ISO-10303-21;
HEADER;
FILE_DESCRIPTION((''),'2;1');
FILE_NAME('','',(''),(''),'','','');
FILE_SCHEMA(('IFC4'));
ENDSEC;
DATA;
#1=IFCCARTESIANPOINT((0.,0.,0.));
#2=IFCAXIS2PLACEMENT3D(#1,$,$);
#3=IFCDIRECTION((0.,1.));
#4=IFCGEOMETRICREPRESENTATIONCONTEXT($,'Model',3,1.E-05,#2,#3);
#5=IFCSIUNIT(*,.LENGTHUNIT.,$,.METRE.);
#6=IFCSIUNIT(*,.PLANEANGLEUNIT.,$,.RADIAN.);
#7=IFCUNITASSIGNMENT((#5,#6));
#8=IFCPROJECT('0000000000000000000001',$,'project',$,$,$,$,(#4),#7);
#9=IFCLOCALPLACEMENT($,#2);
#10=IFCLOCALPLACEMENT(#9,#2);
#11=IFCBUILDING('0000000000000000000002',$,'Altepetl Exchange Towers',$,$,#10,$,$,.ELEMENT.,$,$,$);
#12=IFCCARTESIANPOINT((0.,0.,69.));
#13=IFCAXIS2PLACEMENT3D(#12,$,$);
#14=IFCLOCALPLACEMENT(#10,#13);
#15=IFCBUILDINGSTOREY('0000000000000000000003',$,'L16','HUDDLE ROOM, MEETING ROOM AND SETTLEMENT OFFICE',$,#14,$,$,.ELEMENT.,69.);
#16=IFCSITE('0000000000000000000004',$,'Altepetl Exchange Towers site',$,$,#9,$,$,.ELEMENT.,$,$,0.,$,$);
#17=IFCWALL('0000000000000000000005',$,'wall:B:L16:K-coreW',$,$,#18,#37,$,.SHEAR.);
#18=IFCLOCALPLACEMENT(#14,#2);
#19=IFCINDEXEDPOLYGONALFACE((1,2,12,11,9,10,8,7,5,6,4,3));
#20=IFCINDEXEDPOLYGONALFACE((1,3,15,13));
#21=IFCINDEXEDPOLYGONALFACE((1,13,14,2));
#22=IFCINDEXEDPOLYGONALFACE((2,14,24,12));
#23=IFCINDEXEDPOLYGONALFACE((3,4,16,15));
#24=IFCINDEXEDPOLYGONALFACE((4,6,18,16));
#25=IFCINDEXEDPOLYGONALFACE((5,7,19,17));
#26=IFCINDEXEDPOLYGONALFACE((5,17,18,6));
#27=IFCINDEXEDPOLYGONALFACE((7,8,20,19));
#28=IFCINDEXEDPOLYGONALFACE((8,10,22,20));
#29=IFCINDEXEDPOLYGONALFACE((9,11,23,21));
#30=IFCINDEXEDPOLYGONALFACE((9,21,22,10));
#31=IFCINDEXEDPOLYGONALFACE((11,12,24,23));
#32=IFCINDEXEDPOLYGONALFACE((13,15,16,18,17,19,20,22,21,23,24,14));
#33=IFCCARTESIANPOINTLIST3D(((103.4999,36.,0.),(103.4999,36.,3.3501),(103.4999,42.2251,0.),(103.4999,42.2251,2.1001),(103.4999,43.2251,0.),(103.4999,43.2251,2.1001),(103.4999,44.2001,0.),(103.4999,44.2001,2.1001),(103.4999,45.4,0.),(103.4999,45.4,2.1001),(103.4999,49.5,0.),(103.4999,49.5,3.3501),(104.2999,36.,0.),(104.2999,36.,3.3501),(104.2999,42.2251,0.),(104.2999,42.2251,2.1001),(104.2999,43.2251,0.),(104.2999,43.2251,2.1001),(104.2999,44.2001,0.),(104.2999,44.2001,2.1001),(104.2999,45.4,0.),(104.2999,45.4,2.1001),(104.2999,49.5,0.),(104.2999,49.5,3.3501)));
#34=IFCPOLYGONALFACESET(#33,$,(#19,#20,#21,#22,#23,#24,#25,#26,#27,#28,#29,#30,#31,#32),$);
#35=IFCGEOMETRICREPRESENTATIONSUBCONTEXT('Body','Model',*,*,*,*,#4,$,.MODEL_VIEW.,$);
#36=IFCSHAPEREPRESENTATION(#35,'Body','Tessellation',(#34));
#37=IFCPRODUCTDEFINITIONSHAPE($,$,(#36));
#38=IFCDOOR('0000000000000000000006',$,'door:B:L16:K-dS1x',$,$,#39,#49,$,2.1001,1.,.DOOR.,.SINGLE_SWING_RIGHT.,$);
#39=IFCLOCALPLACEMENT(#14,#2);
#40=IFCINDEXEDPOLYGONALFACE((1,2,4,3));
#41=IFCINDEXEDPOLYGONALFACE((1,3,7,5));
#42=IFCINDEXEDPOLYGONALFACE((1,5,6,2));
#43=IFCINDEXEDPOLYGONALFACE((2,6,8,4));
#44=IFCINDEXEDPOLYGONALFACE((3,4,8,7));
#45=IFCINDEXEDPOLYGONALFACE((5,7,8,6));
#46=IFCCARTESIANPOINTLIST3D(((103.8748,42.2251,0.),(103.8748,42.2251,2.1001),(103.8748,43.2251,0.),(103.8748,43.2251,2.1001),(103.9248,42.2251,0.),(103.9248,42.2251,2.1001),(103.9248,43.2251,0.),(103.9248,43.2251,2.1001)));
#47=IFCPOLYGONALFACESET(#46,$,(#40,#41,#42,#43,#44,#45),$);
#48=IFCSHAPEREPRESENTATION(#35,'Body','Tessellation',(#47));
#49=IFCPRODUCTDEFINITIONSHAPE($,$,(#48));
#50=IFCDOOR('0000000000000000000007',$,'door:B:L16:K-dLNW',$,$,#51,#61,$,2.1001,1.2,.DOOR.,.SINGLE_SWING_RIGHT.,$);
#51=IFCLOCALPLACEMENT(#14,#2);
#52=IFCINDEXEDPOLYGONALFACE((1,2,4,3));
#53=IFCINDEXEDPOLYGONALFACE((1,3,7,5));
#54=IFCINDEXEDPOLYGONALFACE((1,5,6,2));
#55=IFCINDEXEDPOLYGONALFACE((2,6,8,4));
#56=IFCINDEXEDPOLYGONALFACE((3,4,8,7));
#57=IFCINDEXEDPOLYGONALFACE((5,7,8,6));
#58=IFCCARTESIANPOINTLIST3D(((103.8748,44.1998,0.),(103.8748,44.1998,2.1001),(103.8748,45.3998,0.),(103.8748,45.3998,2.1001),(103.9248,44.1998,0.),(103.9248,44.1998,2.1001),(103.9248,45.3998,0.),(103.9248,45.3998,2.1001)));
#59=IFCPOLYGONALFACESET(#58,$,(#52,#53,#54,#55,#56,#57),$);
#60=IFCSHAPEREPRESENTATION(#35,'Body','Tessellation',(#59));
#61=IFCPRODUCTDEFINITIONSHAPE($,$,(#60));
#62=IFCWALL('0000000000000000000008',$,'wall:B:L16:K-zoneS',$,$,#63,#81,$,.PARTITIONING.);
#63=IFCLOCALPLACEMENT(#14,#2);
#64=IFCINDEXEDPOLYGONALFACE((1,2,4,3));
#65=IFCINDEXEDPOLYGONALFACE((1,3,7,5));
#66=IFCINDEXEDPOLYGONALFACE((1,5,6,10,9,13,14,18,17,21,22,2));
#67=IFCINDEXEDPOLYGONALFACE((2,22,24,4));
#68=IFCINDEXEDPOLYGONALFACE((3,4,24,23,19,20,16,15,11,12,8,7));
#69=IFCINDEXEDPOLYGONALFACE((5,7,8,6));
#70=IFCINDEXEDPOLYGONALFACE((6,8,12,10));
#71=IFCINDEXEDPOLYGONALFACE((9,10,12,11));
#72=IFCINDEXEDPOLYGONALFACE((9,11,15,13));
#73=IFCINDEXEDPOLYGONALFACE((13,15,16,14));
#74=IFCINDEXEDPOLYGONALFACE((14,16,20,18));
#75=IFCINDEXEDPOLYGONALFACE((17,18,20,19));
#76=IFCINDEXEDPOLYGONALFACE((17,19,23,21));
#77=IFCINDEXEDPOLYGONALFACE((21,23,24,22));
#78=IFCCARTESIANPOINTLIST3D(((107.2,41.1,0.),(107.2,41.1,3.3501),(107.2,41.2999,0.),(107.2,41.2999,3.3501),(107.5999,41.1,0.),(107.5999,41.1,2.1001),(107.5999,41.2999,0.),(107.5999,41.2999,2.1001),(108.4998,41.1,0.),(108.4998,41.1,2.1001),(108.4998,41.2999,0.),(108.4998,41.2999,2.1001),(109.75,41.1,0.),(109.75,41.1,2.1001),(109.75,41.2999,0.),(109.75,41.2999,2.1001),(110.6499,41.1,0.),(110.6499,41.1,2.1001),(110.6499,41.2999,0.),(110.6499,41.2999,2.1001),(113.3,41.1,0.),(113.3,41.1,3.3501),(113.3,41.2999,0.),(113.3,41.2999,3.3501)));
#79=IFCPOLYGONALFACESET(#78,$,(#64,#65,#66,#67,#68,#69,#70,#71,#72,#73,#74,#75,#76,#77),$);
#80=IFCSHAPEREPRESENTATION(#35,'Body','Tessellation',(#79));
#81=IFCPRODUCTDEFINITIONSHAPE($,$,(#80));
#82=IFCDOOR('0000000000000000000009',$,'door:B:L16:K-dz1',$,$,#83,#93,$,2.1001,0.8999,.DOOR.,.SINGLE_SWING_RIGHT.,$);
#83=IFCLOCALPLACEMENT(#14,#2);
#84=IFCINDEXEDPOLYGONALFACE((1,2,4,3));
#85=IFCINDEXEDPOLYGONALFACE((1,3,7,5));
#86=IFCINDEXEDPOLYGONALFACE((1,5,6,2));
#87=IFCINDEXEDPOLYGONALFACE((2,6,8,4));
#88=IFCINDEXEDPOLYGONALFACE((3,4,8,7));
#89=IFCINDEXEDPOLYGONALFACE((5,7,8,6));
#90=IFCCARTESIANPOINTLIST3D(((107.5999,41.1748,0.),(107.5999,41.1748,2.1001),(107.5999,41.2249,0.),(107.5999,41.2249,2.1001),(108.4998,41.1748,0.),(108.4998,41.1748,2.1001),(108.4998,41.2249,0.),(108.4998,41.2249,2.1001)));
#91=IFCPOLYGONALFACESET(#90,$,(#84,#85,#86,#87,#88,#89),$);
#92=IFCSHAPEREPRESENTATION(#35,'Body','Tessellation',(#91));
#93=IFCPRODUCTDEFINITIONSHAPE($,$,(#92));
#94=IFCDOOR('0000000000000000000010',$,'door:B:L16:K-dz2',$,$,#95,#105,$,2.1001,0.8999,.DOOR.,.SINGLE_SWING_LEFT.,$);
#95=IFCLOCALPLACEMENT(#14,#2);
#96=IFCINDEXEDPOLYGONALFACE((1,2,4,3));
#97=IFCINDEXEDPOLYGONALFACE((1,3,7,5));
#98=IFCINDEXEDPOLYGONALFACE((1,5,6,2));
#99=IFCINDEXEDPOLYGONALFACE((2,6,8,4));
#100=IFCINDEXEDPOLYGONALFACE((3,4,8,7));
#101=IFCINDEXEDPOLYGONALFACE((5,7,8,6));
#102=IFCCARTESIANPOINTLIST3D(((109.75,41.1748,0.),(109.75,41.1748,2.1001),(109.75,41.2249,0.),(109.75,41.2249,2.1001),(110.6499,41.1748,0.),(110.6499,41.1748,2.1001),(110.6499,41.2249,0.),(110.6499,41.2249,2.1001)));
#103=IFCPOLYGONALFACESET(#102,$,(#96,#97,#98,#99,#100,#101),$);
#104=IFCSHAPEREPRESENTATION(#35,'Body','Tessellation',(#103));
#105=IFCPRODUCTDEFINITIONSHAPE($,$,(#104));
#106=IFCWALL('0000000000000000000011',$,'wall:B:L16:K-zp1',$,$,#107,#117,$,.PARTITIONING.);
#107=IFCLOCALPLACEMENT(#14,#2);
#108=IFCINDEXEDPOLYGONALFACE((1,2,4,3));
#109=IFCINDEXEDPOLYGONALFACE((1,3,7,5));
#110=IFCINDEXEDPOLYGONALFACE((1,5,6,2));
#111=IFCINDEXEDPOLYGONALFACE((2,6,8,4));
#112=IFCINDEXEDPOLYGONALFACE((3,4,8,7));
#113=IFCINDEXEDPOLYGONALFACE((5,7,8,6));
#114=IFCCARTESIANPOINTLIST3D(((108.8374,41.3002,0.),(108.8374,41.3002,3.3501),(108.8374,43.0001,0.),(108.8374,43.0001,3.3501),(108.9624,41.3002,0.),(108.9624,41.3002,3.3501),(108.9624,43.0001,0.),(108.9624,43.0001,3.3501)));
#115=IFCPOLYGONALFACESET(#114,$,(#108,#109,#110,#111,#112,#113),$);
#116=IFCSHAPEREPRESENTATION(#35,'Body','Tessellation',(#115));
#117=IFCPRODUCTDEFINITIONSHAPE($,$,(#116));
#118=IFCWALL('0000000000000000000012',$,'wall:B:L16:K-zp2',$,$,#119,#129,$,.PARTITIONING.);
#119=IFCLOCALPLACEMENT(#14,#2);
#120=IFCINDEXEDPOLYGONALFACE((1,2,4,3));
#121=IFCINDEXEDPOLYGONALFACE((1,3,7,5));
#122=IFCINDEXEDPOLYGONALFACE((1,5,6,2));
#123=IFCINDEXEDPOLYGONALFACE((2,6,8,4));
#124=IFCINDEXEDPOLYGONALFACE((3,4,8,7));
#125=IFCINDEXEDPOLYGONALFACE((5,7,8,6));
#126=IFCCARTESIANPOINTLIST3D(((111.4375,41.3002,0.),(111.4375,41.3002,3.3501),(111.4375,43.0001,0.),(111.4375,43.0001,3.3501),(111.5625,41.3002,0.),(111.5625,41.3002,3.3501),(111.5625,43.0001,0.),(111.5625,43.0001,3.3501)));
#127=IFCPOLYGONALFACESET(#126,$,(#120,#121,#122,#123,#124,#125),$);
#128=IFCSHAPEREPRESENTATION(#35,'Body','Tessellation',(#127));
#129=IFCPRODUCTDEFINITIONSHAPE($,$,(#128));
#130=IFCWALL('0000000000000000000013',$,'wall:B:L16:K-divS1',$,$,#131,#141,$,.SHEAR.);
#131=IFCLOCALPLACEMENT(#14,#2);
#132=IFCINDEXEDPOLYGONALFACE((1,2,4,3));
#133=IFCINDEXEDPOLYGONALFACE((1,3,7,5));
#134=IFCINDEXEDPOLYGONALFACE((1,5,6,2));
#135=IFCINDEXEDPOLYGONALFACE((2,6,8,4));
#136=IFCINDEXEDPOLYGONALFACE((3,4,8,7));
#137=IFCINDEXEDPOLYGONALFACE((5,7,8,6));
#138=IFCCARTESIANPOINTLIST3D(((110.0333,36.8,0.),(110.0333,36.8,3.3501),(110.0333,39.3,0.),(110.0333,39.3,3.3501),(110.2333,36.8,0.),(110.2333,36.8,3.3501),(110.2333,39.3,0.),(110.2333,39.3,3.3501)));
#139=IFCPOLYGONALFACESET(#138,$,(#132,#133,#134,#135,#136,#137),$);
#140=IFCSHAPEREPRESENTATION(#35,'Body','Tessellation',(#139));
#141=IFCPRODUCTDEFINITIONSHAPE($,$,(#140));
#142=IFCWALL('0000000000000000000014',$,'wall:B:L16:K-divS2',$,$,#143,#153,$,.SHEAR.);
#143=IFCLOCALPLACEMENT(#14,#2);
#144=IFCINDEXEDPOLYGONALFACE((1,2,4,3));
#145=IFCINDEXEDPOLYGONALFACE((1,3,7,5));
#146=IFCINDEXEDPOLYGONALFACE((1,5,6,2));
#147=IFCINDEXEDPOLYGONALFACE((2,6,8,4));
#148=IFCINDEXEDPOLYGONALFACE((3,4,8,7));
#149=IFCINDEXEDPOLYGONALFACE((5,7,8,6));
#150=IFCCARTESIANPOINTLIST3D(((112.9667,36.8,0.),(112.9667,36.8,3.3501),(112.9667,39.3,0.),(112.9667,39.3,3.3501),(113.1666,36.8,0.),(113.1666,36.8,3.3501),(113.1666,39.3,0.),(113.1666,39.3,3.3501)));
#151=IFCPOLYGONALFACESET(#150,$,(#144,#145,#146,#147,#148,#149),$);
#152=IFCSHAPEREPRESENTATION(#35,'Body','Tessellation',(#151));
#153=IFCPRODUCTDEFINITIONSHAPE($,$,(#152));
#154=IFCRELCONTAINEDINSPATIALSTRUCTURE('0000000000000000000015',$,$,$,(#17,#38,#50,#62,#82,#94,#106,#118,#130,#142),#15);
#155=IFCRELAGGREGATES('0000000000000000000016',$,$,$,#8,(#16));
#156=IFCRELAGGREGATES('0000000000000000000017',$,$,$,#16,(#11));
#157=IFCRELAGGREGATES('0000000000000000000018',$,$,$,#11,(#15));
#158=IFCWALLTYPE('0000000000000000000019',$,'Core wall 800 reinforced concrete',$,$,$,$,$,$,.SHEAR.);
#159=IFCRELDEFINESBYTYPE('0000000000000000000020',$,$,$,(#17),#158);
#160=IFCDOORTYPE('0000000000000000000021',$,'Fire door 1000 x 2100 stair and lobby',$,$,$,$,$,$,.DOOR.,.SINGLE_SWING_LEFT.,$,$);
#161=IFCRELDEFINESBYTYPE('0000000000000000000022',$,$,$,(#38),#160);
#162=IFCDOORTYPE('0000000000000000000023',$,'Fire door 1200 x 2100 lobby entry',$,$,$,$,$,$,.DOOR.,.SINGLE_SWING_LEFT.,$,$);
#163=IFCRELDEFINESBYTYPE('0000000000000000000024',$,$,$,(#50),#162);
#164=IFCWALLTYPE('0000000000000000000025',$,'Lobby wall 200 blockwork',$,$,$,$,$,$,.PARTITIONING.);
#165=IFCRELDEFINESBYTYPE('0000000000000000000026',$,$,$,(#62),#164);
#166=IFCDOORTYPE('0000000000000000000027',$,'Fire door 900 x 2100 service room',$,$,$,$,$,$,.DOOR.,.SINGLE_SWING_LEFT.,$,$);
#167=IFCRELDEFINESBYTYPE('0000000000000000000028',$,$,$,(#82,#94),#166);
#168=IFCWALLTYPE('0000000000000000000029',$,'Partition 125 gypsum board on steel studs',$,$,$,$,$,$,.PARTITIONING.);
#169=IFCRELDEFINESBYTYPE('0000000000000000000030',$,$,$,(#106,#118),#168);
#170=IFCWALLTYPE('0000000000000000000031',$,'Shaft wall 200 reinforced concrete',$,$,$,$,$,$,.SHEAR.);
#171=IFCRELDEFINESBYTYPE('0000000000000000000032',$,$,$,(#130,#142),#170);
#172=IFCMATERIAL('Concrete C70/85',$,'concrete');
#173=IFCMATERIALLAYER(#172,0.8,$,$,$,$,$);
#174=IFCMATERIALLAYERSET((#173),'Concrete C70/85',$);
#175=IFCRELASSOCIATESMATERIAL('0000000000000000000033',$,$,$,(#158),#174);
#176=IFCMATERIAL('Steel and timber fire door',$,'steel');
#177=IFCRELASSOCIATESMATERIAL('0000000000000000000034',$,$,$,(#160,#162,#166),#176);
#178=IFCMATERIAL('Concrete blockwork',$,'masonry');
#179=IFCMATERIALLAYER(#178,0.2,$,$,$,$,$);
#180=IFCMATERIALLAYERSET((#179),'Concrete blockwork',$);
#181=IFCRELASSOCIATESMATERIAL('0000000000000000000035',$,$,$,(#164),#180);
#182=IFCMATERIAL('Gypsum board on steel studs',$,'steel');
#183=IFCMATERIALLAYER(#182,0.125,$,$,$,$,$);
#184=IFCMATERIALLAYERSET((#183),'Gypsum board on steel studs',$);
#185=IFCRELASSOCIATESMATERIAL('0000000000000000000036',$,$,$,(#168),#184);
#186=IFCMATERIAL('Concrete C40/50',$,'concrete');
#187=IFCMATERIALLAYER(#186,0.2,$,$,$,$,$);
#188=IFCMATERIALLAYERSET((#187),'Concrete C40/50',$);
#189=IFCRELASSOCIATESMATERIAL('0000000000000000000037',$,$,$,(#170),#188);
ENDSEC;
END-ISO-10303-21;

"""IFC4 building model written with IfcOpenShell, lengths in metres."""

from ifc_helpers import new_model, si_unit, direction, frame, frame_2d, origin, place, context, subcontext, project, spatial, rectangle, extrude, material, layer, layer_set, type_object, element, fill, save


model = new_model("IFC4")

# Units and contexts
model_context = context("Model", 3, precision=1e-05, world=origin(), true_north=direction((0.0, 1.0)))
body_context = subcontext(model_context, "Body", "Model", "MODEL_VIEW")
ifc_project = project(units=[si_unit("LENGTHUNIT", "METRE"), si_unit("PLANEANGLEUNIT", "RADIAN")], contexts=[model_context])

# Site, building, storey
site_placement = place(None, origin())
site = spatial("IfcSite", under=ifc_project, at=site_placement, Name="Altepetl Exchange Towers site", CompositionType="ELEMENT", RefElevation=0.0)
building_placement = place(site_placement, origin())
building = spatial("IfcBuilding", under=site, at=building_placement, Name="Altepetl Exchange Towers", CompositionType="ELEMENT")
storey_placement = place(building_placement, frame((0.0, 0.0, 69.0)))
storey = spatial("IfcBuildingStorey", under=building, at=storey_placement, Name="L16", Description="HUDDLE ROOM, MEETING ROOM AND SETTLEMENT OFFICE", CompositionType="ELEMENT", Elevation=69.0)

# Shared definitions
ifc_material_1 = material(Name="Concrete C70/85", Category="concrete")

# Shared definitions
ifc_layer_1 = layer(ifc_material_1, 0.8)
ifc_layer_set_1 = layer_set([ifc_layer_1], Name="Concrete C70/85")
wall_type_1 = type_object("IfcWallType", Name="Core wall 800 reinforced concrete", PredefinedType="SHEAR", material=ifc_layer_set_1)
ifc_material_2 = material(Name="Steel and timber fire door", Category="steel")
door_type_1 = type_object("IfcDoorType", Name="Fire door 1000 x 2100 stair and lobby", OperationType="SINGLE_SWING_LEFT", PredefinedType="DOOR", material=ifc_material_2)
door_type_2 = type_object("IfcDoorType", Name="Fire door 1200 x 2100 lobby entry", OperationType="SINGLE_SWING_LEFT", PredefinedType="DOOR", material=ifc_material_2)

# Walls, openings, doors
wall_1_placement = place(storey_placement, frame((103.8999, 36.0, 0.0), z_axis=(0.0, 0.0, 1.0), x_axis=(0.0, 1.0, 0.0)))
wall_1 = element("IfcWall", 1, at=wall_1_placement, inside=storey, type_object=wall_type_1, Name="wall:B:L16:K-coreW", PredefinedType="SHEAR", context=body_context, shape_type="SweptSolid", body=[
    extrude(rectangle(XDim=13.5, YDim=0.8, at=frame_2d((6.75, 0.0))), origin(), (0.0, 0.0, 1.0), 3.3501),
])
opening_1_placement = place(wall_1_placement, frame((8.2, 0.0, 0.0)))
opening_1 = element("IfcOpeningElement", 2, at=opening_1_placement, cuts=wall_1, PredefinedType="OPENING", context=body_context, shape_type="SweptSolid", body=[
    extrude(rectangle(XDim=1.2, YDim=2.1001, at=frame_2d((0.6001, 1.05))), frame((0.0, 0.4102, 0.0), z_axis=(0.0, -1.0, 0.0), x_axis=(1.0, 0.0, 0.0)), (0.0, 0.0, 1.0), 0.8201),
])
opening_2_placement = place(wall_1_placement, frame((6.2251, 0.0, 0.0)))
opening_2 = element("IfcOpeningElement", 3, at=opening_2_placement, cuts=wall_1, PredefinedType="OPENING", context=body_context, shape_type="SweptSolid", body=[
    extrude(rectangle(XDim=1.0, YDim=2.1001, at=frame_2d((0.5, 1.05))), frame((0.0, 0.4102, 0.0), z_axis=(0.0, -1.0, 0.0), x_axis=(1.0, 0.0, 0.0)), (0.0, 0.0, 1.0), 0.8201),
])
door_1_placement = place(opening_2_placement, frame((1.0, 0.0, 0.0), x_axis=(-1.0, 0.0, 0.0)))
door_1 = element("IfcDoor", 4, at=door_1_placement, inside=storey, type_object=door_type_1, Name="door:B:L16:K-dS1x", OperationType="SINGLE_SWING_RIGHT", OverallHeight=2.1001, OverallWidth=1.0, PredefinedType="DOOR", context=body_context, shape_type="SweptSolid", body=[
    extrude(rectangle(XDim=1.0, YDim=2.1001, at=frame_2d((0.5, 1.05))), frame((0.0, 0.0249, 0.0), z_axis=(0.0, -1.0, 0.0), x_axis=(1.0, 0.0, 0.0)), (0.0, 0.0, 1.0), 0.05),
])
fill(opening_2, door_1)
door_2_placement = place(opening_1_placement, frame((1.2, 0.0, 0.0), x_axis=(-1.0, 0.0, 0.0)))
door_2 = element("IfcDoor", 5, at=door_2_placement, inside=storey, type_object=door_type_2, Name="door:B:L16:K-dLNW", OperationType="SINGLE_SWING_RIGHT", OverallHeight=2.1001, OverallWidth=1.2, PredefinedType="DOOR", context=body_context, shape_type="SweptSolid", body=[
    extrude(rectangle(XDim=1.2, YDim=2.1001, at=frame_2d((0.6001, 1.05))), frame((0.0, 0.0249, 0.0), z_axis=(0.0, -1.0, 0.0), x_axis=(1.0, 0.0, 0.0)), (0.0, 0.0, 1.0), 0.05),
])
fill(opening_1, door_2)
ifc_material_3 = material(Name="Concrete blockwork", Category="masonry")
ifc_layer_2 = layer(ifc_material_3, 0.2)
ifc_layer_set_2 = layer_set([ifc_layer_2], Name="Concrete blockwork")
wall_type_2 = type_object("IfcWallType", Name="Lobby wall 200 blockwork", PredefinedType="PARTITIONING", material=ifc_layer_set_2)
wall_2_placement = place(storey_placement, frame((107.2, 41.2, 0.0)))
wall_2 = element("IfcWall", 6, at=wall_2_placement, inside=storey, type_object=wall_type_2, Name="wall:B:L16:K-zoneS", PredefinedType="PARTITIONING", context=body_context, shape_type="SweptSolid", body=[
    extrude(rectangle(XDim=6.1001, YDim=0.2, at=frame_2d((3.05, 0.0))), origin(), (0.0, 0.0, 1.0), 3.3501),
])
opening_3_placement = place(wall_2_placement, frame((0.3999, 0.0, 0.0)))
opening_3 = element("IfcOpeningElement", 7, at=opening_3_placement, cuts=wall_2, PredefinedType="OPENING", context=body_context, shape_type="SweptSolid", body=[
    extrude(rectangle(XDim=0.8999, YDim=2.1001, at=frame_2d((0.45, 1.05))), frame((0.0, 0.1099, 0.0), z_axis=(0.0, -1.0, 0.0), x_axis=(1.0, 0.0, 0.0)), (0.0, 0.0, 1.0), 0.22),
])
opening_4_placement = place(wall_2_placement, frame((2.55, 0.0, 0.0)))
opening_4 = element("IfcOpeningElement", 8, at=opening_4_placement, cuts=wall_2, PredefinedType="OPENING", context=body_context, shape_type="SweptSolid", body=[
    extrude(rectangle(XDim=0.8999, YDim=2.1001, at=frame_2d((0.45, 1.05))), frame((0.0, 0.1099, 0.0), z_axis=(0.0, -1.0, 0.0), x_axis=(1.0, 0.0, 0.0)), (0.0, 0.0, 1.0), 0.22),
])
door_type_3 = type_object("IfcDoorType", Name="Fire door 900 x 2100 service room", OperationType="SINGLE_SWING_LEFT", PredefinedType="DOOR", material=ifc_material_2)
door_3_placement = place(opening_3_placement, origin())
door_3 = element("IfcDoor", 9, at=door_3_placement, inside=storey, type_object=door_type_3, Name="door:B:L16:K-dz1", OperationType="SINGLE_SWING_RIGHT", OverallHeight=2.1001, OverallWidth=0.8999, PredefinedType="DOOR", context=body_context, shape_type="SweptSolid", body=[
    extrude(rectangle(XDim=0.8999, YDim=2.1001, at=frame_2d((0.45, 1.05))), frame((0.0, 0.0249, 0.0), z_axis=(0.0, -1.0, 0.0), x_axis=(1.0, 0.0, 0.0)), (0.0, 0.0, 1.0), 0.05),
])
fill(opening_3, door_3)
door_4_placement = place(opening_4_placement, origin())
door_4 = element("IfcDoor", 10, at=door_4_placement, inside=storey, type_object=door_type_3, Name="door:B:L16:K-dz2", OperationType="SINGLE_SWING_LEFT", OverallHeight=2.1001, OverallWidth=0.8999, PredefinedType="DOOR", context=body_context, shape_type="SweptSolid", body=[
    extrude(rectangle(XDim=0.8999, YDim=2.1001, at=frame_2d((0.45, 1.05))), frame((0.0, 0.0249, 0.0), z_axis=(0.0, -1.0, 0.0), x_axis=(1.0, 0.0, 0.0)), (0.0, 0.0, 1.0), 0.05),
])
fill(opening_4, door_4)

# Walls
ifc_material_4 = material(Name="Gypsum board on steel studs", Category="steel")
ifc_layer_3 = layer(ifc_material_4, 0.125)
ifc_layer_set_3 = layer_set([ifc_layer_3], Name="Gypsum board on steel studs")
wall_type_3 = type_object("IfcWallType", Name="Partition 125 gypsum board on steel studs", PredefinedType="PARTITIONING", material=ifc_layer_set_3)
for number, where, z_axis, x_axis, name in (
    (11, (108.8999, 41.3, 0.0), (0.0, 0.0, 1.0), (0.0, 1.0, 0.0), "wall:B:L16:K-zp1"),
    (12, (111.5, 41.3, 0.0), (0.0, 0.0, 1.0), (0.0, 1.0, 0.0), "wall:B:L16:K-zp2"),
):
    element("IfcWall", number, at=place(storey_placement, frame(where, z_axis=z_axis, x_axis=x_axis)), inside=storey, type_object=wall_type_3, Name=name, PredefinedType="PARTITIONING", context=body_context, shape_type="SweptSolid", body=[
        extrude(rectangle(XDim=1.7, YDim=0.125, at=frame_2d((0.8501, 0.0))), origin(), (0.0, 0.0, 1.0), 3.3501),
    ])
ifc_material_5 = material(Name="Concrete C40/50", Category="concrete")
ifc_layer_4 = layer(ifc_material_5, 0.2)
ifc_layer_set_4 = layer_set([ifc_layer_4], Name="Concrete C40/50")
wall_type_4 = type_object("IfcWallType", Name="Shaft wall 200 reinforced concrete", PredefinedType="SHEAR", material=ifc_layer_set_4)
for number, where, z_axis, x_axis, name in (
    (13, (110.1333, 36.8, 0.0), (0.0, 0.0, 1.0), (0.0, 1.0, 0.0), "wall:B:L16:K-divS1"),
    (14, (113.0667, 36.8, 0.0), (0.0, 0.0, 1.0), (0.0, 1.0, 0.0), "wall:B:L16:K-divS2"),
):
    element("IfcWall", number, at=place(storey_placement, frame(where, z_axis=z_axis, x_axis=x_axis)), inside=storey, type_object=wall_type_4, Name=name, PredefinedType="SHEAR", context=body_context, shape_type="SweptSolid", body=[
        extrude(rectangle(XDim=2.5, YDim=0.2, at=frame_2d((1.25, 0.0))), origin(), (0.0, 0.0, 1.0), 3.3501),
    ])

save(model, "model.ifc")
